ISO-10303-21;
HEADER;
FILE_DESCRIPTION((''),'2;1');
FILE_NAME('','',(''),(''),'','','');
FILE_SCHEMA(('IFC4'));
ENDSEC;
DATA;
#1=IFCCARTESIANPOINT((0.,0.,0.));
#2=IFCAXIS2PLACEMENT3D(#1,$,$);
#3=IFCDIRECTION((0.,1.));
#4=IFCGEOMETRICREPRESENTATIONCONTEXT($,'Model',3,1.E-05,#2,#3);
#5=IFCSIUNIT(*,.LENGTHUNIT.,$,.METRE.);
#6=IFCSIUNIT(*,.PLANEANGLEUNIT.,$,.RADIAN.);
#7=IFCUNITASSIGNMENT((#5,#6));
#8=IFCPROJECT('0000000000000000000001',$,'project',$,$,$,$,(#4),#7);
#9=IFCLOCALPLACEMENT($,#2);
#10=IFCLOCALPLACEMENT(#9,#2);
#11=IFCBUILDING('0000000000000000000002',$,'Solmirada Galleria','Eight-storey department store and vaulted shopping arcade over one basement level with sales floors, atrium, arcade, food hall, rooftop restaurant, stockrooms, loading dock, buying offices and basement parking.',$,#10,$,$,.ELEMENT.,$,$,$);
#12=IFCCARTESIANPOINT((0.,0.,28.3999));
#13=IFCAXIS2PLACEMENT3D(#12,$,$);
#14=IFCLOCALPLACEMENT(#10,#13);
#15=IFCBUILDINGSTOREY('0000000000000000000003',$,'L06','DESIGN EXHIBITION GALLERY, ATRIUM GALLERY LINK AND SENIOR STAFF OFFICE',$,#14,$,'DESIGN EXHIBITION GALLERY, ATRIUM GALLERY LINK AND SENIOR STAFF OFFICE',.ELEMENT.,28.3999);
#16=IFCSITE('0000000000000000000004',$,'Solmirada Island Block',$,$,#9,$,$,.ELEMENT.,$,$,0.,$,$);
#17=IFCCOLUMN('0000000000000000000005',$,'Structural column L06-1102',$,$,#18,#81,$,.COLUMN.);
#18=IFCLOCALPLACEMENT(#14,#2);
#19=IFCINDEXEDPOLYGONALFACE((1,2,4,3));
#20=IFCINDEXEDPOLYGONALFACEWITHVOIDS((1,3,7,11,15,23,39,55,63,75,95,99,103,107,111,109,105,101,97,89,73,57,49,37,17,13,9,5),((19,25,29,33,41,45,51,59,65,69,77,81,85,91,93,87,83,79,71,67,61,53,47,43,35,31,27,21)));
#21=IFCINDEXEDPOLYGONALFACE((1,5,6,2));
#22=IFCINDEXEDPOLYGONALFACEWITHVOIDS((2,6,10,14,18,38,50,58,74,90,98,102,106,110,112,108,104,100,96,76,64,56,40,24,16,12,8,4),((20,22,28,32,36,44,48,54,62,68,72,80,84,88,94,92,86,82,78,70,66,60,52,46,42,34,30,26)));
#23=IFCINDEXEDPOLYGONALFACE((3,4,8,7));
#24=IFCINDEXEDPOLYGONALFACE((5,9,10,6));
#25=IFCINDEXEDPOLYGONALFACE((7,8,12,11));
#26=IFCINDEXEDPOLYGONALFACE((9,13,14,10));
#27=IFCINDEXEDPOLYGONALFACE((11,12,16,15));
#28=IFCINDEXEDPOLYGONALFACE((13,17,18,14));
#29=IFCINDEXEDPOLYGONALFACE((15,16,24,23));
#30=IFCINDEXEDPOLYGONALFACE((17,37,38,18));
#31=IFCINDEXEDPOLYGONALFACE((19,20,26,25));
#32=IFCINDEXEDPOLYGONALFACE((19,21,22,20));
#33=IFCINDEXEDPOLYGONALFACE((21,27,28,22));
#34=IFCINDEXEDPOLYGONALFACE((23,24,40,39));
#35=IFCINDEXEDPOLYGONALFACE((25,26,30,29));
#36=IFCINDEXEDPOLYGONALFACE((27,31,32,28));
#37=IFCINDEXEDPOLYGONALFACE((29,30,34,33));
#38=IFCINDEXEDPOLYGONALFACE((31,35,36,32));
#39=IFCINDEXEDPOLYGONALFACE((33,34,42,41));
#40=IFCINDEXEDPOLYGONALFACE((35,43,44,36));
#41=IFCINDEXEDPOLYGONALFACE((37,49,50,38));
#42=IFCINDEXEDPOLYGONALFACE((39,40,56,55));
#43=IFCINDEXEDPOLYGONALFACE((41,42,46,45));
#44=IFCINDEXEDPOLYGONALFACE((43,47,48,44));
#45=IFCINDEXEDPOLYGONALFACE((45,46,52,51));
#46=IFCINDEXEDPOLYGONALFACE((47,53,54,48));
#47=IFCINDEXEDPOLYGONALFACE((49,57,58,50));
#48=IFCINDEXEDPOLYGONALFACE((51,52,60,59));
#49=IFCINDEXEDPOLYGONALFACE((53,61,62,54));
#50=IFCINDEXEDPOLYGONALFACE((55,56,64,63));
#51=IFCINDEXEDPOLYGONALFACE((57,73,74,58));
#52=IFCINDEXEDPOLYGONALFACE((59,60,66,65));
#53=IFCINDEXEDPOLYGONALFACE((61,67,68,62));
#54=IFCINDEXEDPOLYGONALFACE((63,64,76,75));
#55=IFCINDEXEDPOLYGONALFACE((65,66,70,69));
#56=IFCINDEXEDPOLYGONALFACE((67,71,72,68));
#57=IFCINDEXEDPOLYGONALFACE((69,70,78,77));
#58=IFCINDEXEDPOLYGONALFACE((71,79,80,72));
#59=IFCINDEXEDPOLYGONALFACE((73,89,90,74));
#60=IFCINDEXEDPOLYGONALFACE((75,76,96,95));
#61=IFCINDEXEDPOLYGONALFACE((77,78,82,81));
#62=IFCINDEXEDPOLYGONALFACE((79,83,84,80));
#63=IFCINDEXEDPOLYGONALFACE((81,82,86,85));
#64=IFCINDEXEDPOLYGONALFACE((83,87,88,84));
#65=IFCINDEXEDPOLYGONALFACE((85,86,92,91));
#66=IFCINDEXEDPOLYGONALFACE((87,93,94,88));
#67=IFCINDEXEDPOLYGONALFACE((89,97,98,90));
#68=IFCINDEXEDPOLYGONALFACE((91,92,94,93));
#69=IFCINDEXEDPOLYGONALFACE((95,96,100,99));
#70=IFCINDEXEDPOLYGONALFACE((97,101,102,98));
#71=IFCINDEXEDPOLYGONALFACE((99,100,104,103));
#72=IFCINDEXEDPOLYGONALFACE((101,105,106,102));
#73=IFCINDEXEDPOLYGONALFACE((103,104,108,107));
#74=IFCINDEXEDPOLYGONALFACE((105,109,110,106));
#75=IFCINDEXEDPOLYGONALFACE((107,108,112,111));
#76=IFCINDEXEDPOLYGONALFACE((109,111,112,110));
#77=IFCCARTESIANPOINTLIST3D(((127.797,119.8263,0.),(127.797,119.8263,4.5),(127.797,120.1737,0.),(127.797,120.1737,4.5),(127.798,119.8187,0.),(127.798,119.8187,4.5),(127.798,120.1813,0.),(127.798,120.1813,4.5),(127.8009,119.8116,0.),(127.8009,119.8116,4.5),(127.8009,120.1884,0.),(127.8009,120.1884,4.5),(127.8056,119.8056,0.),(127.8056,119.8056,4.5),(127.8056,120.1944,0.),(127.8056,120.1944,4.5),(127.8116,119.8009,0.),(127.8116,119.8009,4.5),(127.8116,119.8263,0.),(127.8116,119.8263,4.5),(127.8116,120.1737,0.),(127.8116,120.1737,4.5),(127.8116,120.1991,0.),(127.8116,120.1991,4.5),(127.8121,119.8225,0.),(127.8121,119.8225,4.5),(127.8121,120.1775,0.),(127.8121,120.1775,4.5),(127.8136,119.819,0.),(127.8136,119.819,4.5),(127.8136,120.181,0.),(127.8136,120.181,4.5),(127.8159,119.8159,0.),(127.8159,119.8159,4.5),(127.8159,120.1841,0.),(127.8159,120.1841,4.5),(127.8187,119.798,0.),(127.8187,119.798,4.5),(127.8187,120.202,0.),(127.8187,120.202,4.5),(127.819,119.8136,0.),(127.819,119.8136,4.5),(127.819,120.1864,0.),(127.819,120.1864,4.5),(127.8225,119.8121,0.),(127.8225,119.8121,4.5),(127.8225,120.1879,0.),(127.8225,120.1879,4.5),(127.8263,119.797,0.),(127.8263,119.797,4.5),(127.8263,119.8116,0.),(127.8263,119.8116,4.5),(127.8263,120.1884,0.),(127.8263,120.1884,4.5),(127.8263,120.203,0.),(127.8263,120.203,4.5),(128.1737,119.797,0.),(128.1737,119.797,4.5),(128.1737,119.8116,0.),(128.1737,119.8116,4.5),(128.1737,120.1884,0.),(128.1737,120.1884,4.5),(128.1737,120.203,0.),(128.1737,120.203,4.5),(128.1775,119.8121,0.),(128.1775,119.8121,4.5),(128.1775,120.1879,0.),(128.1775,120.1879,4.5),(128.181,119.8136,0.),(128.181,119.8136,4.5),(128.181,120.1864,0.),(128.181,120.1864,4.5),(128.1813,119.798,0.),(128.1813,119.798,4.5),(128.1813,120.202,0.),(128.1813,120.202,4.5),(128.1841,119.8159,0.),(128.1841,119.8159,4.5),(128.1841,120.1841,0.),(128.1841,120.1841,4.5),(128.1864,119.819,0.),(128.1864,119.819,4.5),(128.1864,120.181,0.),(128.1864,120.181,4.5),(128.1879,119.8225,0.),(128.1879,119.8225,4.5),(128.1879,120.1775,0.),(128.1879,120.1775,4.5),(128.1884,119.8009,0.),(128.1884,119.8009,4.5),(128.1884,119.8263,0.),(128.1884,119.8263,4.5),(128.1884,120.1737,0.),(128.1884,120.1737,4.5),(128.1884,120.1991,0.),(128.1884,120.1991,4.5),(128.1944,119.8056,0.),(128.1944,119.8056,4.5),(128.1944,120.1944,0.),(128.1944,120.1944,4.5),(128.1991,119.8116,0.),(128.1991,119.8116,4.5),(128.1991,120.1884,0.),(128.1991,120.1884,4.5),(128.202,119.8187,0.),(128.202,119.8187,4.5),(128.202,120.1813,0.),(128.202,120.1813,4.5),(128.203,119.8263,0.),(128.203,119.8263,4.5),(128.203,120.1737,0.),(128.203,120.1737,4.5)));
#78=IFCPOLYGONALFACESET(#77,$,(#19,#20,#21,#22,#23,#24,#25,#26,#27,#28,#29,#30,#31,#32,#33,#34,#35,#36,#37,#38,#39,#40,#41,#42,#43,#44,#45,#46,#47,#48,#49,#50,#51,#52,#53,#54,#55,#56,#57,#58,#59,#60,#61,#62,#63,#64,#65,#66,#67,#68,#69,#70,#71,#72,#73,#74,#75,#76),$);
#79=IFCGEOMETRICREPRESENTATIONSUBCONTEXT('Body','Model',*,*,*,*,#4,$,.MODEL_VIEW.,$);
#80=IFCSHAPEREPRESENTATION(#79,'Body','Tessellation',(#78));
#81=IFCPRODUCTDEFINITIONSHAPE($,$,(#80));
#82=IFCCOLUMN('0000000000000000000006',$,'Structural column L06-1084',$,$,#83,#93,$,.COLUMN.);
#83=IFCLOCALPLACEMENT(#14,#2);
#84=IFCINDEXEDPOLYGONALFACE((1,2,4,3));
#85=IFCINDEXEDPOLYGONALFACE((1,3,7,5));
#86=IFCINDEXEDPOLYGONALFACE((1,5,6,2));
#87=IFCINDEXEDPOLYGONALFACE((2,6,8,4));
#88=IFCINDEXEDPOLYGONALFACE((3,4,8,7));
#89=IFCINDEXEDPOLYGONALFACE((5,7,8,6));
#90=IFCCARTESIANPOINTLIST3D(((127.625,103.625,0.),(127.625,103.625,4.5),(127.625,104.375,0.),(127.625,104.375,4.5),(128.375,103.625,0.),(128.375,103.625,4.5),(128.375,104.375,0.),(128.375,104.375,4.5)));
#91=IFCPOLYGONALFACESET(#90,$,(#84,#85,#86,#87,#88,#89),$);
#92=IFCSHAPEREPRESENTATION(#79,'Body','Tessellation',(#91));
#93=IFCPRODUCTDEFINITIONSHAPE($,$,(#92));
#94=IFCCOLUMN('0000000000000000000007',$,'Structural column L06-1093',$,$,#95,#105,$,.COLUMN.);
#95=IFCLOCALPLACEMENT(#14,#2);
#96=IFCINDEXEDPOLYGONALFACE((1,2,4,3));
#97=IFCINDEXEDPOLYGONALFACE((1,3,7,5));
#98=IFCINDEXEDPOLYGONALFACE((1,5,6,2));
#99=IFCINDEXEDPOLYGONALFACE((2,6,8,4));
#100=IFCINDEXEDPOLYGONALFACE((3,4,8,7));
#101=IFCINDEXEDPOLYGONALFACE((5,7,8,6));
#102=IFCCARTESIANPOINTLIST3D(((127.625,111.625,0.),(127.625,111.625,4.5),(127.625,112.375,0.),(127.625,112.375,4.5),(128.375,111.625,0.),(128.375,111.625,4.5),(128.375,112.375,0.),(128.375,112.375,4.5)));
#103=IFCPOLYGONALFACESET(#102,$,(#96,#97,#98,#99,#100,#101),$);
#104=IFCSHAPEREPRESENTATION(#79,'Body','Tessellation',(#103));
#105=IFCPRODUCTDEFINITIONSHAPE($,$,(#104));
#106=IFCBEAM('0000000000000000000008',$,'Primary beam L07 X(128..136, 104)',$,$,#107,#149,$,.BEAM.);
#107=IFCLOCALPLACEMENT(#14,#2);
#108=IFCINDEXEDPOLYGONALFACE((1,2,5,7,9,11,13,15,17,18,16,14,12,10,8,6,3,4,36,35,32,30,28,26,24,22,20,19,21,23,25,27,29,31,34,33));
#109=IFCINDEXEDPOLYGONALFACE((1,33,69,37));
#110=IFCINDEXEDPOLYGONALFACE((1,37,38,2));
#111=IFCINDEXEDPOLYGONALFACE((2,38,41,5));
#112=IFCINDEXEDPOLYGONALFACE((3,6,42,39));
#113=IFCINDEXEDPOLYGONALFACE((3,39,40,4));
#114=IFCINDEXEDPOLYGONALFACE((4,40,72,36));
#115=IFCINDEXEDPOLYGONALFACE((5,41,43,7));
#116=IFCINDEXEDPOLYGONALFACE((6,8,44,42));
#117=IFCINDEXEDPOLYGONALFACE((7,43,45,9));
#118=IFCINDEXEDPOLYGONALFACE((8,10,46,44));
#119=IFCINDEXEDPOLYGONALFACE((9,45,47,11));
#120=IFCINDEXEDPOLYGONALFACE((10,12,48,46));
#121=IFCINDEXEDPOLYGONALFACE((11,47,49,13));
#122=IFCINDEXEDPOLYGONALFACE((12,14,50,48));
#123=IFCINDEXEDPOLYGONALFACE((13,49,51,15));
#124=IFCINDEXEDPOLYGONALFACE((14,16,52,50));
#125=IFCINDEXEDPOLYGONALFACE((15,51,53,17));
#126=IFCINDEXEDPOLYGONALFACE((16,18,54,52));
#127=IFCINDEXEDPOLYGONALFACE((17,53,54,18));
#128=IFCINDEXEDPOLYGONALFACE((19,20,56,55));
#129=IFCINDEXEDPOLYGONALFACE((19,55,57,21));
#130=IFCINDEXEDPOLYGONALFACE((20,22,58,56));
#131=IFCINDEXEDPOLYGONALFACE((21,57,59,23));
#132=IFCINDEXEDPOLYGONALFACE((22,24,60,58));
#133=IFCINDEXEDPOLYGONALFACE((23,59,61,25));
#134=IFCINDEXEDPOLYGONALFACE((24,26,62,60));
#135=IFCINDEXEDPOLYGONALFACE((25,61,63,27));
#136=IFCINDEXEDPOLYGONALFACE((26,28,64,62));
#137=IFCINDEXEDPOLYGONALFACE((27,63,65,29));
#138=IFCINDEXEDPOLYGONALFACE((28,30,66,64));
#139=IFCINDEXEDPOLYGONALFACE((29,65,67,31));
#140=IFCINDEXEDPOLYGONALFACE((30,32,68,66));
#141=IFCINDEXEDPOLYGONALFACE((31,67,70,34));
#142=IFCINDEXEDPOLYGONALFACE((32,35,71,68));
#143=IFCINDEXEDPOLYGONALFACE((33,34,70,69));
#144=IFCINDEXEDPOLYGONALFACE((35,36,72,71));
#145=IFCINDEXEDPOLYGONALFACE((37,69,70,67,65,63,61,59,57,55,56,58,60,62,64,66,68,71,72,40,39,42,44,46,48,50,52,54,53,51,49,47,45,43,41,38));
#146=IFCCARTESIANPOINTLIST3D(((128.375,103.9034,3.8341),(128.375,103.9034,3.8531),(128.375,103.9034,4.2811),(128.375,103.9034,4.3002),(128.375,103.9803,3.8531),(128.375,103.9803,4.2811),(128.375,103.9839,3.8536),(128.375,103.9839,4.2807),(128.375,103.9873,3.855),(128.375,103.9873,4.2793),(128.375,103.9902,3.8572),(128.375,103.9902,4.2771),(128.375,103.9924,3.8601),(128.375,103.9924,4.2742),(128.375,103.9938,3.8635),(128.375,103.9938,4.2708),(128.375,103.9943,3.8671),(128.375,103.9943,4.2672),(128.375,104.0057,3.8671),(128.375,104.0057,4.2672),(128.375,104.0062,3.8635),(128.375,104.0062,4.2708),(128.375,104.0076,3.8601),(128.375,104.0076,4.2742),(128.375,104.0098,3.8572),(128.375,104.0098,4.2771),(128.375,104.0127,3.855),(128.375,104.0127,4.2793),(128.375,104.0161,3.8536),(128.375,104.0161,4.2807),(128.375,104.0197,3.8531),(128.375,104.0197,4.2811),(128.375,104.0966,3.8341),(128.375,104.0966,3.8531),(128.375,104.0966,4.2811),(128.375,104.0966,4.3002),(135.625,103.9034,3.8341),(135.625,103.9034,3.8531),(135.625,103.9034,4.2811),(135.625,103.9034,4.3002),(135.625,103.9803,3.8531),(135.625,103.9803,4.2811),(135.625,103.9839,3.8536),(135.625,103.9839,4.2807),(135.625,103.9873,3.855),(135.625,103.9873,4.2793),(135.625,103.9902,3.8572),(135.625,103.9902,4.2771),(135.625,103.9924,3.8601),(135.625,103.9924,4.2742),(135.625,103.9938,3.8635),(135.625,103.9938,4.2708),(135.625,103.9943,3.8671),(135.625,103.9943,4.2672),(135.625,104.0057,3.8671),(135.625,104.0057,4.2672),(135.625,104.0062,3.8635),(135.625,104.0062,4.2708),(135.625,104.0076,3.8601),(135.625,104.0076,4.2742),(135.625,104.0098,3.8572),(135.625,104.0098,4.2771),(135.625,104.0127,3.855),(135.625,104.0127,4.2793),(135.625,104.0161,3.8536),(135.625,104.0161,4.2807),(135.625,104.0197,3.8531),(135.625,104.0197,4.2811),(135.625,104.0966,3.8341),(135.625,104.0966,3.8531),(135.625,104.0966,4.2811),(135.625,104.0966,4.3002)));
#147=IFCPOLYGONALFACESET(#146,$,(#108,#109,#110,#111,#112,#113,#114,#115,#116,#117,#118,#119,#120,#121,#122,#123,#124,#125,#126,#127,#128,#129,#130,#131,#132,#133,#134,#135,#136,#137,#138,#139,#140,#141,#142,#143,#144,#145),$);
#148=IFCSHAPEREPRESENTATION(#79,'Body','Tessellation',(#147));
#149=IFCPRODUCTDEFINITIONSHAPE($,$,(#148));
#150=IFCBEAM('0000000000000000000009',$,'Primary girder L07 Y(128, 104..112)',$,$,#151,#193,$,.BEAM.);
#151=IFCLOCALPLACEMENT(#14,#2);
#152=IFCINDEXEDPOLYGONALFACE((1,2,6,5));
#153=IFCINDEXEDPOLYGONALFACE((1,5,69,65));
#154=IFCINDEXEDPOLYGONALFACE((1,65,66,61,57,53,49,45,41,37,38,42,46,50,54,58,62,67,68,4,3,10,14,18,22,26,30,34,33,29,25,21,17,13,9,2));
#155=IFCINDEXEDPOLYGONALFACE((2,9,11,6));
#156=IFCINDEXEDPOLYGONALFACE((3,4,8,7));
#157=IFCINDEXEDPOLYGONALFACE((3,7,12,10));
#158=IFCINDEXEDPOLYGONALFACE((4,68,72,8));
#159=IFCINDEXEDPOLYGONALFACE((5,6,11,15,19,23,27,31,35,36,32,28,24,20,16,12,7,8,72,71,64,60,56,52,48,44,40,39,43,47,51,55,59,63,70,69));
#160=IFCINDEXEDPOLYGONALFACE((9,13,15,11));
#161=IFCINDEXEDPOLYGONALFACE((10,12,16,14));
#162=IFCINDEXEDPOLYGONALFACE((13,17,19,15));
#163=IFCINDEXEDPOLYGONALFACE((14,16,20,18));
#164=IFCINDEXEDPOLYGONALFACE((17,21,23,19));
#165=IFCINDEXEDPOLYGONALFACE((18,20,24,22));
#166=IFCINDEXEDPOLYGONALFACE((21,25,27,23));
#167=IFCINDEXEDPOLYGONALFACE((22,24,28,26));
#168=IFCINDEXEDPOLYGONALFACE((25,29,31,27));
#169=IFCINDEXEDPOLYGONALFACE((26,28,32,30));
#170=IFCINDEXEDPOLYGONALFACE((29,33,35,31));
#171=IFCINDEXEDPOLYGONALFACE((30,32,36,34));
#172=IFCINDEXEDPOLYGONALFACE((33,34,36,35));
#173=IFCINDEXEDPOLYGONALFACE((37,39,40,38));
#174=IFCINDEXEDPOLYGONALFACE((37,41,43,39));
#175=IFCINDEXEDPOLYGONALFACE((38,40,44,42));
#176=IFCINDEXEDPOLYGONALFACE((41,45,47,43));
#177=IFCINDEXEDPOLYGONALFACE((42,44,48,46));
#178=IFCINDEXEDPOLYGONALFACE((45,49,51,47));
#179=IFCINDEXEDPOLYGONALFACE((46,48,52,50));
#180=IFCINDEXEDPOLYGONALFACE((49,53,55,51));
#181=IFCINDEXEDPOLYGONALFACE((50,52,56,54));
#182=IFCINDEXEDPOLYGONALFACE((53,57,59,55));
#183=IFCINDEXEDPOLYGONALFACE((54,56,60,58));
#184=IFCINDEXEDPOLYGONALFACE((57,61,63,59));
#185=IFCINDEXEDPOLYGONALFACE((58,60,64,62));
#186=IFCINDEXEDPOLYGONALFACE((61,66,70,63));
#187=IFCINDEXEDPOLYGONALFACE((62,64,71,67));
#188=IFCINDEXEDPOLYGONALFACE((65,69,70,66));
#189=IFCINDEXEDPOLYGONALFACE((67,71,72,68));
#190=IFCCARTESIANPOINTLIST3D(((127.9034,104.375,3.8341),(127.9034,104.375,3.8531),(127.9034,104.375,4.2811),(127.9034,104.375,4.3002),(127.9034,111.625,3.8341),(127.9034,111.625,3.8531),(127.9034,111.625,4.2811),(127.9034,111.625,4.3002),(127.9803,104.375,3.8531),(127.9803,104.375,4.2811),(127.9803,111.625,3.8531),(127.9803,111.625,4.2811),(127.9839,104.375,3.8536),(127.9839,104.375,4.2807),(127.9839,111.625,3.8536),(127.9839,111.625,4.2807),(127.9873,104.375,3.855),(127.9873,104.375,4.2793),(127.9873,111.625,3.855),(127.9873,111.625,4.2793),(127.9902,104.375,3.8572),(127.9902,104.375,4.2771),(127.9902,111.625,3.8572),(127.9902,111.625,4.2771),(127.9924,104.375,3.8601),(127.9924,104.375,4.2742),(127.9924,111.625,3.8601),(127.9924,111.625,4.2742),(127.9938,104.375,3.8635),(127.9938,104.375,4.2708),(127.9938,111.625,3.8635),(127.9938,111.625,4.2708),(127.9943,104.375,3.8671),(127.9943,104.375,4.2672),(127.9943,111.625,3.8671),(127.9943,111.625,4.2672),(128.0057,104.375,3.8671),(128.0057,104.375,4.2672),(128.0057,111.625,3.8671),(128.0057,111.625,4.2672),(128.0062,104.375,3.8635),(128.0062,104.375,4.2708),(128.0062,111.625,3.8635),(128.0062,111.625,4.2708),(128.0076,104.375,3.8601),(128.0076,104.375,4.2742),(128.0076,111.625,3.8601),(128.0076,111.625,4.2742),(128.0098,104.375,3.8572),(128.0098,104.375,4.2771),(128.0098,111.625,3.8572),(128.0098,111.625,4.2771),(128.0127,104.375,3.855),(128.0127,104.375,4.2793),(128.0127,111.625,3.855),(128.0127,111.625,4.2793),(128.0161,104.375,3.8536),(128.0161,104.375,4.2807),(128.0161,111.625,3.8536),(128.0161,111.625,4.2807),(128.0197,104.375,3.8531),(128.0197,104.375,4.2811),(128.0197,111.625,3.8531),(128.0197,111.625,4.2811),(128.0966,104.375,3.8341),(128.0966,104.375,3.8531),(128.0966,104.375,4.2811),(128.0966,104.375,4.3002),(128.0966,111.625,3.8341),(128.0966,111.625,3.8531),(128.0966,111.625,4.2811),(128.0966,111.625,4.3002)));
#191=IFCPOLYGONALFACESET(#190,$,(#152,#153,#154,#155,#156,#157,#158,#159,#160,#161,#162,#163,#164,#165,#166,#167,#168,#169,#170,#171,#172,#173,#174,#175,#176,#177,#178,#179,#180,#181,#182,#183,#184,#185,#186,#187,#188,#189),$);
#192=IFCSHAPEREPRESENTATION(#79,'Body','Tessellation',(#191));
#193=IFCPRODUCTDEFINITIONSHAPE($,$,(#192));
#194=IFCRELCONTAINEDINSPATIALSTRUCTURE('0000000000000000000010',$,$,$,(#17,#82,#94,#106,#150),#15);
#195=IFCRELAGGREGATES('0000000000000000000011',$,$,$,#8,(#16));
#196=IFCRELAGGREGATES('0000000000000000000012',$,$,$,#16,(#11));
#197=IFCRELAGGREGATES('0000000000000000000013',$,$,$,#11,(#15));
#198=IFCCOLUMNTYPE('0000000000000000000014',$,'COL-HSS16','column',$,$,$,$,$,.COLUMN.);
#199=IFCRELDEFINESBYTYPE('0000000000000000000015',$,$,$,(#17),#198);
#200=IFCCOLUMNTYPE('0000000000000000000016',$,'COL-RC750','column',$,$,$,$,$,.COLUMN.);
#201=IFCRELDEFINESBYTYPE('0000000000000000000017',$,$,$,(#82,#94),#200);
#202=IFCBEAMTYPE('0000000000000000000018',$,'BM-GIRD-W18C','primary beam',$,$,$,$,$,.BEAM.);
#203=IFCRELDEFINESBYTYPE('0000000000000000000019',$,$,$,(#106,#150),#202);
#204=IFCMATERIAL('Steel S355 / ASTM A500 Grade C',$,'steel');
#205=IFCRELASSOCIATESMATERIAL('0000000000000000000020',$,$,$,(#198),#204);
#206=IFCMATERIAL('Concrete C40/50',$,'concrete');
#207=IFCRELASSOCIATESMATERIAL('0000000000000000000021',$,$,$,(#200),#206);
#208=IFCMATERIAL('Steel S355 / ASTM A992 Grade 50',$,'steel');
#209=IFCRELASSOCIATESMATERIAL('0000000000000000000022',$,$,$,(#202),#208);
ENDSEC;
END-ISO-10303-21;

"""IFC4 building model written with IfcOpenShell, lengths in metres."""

from ifc_helpers import new_model, si_unit, direction, frame, origin, origin_2d, place, context, subcontext, project, spatial, rectangle, hollow_rectangle, i_section, extrude, material, material_profile, profile_set, type_object, element, save


model = new_model("IFC4")

# Units and contexts
model_context = context("Model", 3, precision=1e-05, world=origin(), true_north=direction((0.0, 1.0)))
body_context = subcontext(model_context, "Body", "Model", "MODEL_VIEW")
ifc_project = project(units=[si_unit("LENGTHUNIT", "METRE"), si_unit("PLANEANGLEUNIT", "RADIAN")], contexts=[model_context])

# Site, building, storey
site_placement = place(None, origin())
site = spatial("IfcSite", under=ifc_project, at=site_placement, Name="Solmirada Island Block", CompositionType="ELEMENT", RefElevation=0.0)
building_placement = place(site_placement, origin())
building = spatial("IfcBuilding", under=site, at=building_placement, Name="Solmirada Galleria", Description="Eight-storey department store and vaulted shopping arcade over one basement level with sales floors, atrium, arcade, food hall, rooftop restaurant, stockrooms, loading dock, buying offices and basement parking.", CompositionType="ELEMENT")
storey_placement = place(building_placement, frame((0.0, 0.0, 28.3999)))
storey = spatial("IfcBuildingStorey", under=building, at=storey_placement, Name="L06", Description="DESIGN EXHIBITION GALLERY, ATRIUM GALLERY LINK AND SENIOR STAFF OFFICE", LongName="DESIGN EXHIBITION GALLERY, ATRIUM GALLERY LINK AND SENIOR STAFF OFFICE", CompositionType="ELEMENT", Elevation=28.3999)

# Columns
ifc_material_1 = material(Name="Steel S355 / ASTM A500 Grade C", Category="steel")
ifc_material_profile_1 = material_profile(ifc_material_1, hollow_rectangle(XDim=0.406, YDim=0.406, WallThickness=0.0146, InnerFilletRadius=0.0146, OuterFilletRadius=0.0293, at=origin_2d()), Name="HSS16X16X5/8")
ifc_profile_set_1 = profile_set([ifc_material_profile_1], Name="Steel S355 / ASTM A500 Grade C")
column_type_1 = type_object("IfcColumnType", Name="COL-HSS16", Description="column", PredefinedType="COLUMN", material=ifc_profile_set_1)
column_placement = place(storey_placement, frame((128.0, 120.0, 0.0), z_axis=(0.0, 0.0, 1.0), x_axis=(1.0, 0.0, 0.0)))
element("IfcColumn", 1, at=column_placement, inside=storey, type_object=column_type_1, Name="Structural column L06-1102", PredefinedType="COLUMN", context=body_context, shape_type="SweptSolid", body=[
    extrude(hollow_rectangle(XDim=0.406, YDim=0.406, WallThickness=0.0146, InnerFilletRadius=0.0146, OuterFilletRadius=0.0293, at=origin_2d()), origin(), (0.0, 0.0, 1.0), 4.5),
])
ifc_material_2 = material(Name="Concrete C40/50", Category="concrete")
ifc_material_profile_2 = material_profile(ifc_material_2, rectangle(XDim=0.75, YDim=0.75, at=origin_2d()), Name="RC750X750")
ifc_profile_set_2 = profile_set([ifc_material_profile_2], Name="Concrete C40/50")
column_type_2 = type_object("IfcColumnType", Name="COL-RC750", Description="column", PredefinedType="COLUMN", material=ifc_profile_set_2)
for number, where, z_axis, x_axis, name in (
    (2, (128.0, 104.0, 0.0), (0.0, 0.0, 1.0), (1.0, 0.0, 0.0), "Structural column L06-1084"),
    (3, (128.0, 112.0, 0.0), (0.0, 0.0, 1.0), (1.0, 0.0, 0.0), "Structural column L06-1093"),
):
    element("IfcColumn", number, at=place(storey_placement, frame(where, z_axis=z_axis, x_axis=x_axis)), inside=storey, type_object=column_type_2, Name=name, PredefinedType="COLUMN", context=body_context, shape_type="SweptSolid", body=[
        extrude(rectangle(XDim=0.75, YDim=0.75, at=origin_2d()), origin(), (0.0, 0.0, 1.0), 4.5),
    ])

# Beams
ifc_material_3 = material(Name="Steel S355 / ASTM A992 Grade 50", Category="steel")
ifc_material_profile_3 = material_profile(ifc_material_3, i_section(OverallWidth=0.1931, OverallDepth=0.4661, WebThickness=0.0115, FlangeThickness=0.019, FilletRadius=0.0139, at=origin_2d()), Name="W18X65")
ifc_profile_set_3 = profile_set([ifc_material_profile_3], Name="Steel S355 / ASTM A992 Grade 50")
beam_type_1 = type_object("IfcBeamType", Name="BM-GIRD-W18C", Description="primary beam", PredefinedType="BEAM", material=ifc_profile_set_3)
for number, where, z_axis, x_axis, name in (
    (4, (128.375, 104.0, 4.0671), (1.0, 0.0, 0.0), (0.0, 1.0, 0.0), "Primary beam L07 X(128..136, 104)"),
    (5, (128.0, 104.375, 4.0671), (0.0, 1.0, 0.0), (-1.0, 0.0, 0.0), "Primary girder L07 Y(128, 104..112)"),
):
    element("IfcBeam", number, at=place(storey_placement, frame(where, z_axis=z_axis, x_axis=x_axis)), inside=storey, type_object=beam_type_1, Name=name, PredefinedType="BEAM", context=body_context, shape_type="SweptSolid", body=[
        extrude(i_section(OverallWidth=0.1931, OverallDepth=0.4661, WebThickness=0.0115, FlangeThickness=0.019, FilletRadius=0.0139, at=origin_2d()), origin(), (0.0, 0.0, 1.0), 7.25),
    ])

save(model, "model.ifc")
